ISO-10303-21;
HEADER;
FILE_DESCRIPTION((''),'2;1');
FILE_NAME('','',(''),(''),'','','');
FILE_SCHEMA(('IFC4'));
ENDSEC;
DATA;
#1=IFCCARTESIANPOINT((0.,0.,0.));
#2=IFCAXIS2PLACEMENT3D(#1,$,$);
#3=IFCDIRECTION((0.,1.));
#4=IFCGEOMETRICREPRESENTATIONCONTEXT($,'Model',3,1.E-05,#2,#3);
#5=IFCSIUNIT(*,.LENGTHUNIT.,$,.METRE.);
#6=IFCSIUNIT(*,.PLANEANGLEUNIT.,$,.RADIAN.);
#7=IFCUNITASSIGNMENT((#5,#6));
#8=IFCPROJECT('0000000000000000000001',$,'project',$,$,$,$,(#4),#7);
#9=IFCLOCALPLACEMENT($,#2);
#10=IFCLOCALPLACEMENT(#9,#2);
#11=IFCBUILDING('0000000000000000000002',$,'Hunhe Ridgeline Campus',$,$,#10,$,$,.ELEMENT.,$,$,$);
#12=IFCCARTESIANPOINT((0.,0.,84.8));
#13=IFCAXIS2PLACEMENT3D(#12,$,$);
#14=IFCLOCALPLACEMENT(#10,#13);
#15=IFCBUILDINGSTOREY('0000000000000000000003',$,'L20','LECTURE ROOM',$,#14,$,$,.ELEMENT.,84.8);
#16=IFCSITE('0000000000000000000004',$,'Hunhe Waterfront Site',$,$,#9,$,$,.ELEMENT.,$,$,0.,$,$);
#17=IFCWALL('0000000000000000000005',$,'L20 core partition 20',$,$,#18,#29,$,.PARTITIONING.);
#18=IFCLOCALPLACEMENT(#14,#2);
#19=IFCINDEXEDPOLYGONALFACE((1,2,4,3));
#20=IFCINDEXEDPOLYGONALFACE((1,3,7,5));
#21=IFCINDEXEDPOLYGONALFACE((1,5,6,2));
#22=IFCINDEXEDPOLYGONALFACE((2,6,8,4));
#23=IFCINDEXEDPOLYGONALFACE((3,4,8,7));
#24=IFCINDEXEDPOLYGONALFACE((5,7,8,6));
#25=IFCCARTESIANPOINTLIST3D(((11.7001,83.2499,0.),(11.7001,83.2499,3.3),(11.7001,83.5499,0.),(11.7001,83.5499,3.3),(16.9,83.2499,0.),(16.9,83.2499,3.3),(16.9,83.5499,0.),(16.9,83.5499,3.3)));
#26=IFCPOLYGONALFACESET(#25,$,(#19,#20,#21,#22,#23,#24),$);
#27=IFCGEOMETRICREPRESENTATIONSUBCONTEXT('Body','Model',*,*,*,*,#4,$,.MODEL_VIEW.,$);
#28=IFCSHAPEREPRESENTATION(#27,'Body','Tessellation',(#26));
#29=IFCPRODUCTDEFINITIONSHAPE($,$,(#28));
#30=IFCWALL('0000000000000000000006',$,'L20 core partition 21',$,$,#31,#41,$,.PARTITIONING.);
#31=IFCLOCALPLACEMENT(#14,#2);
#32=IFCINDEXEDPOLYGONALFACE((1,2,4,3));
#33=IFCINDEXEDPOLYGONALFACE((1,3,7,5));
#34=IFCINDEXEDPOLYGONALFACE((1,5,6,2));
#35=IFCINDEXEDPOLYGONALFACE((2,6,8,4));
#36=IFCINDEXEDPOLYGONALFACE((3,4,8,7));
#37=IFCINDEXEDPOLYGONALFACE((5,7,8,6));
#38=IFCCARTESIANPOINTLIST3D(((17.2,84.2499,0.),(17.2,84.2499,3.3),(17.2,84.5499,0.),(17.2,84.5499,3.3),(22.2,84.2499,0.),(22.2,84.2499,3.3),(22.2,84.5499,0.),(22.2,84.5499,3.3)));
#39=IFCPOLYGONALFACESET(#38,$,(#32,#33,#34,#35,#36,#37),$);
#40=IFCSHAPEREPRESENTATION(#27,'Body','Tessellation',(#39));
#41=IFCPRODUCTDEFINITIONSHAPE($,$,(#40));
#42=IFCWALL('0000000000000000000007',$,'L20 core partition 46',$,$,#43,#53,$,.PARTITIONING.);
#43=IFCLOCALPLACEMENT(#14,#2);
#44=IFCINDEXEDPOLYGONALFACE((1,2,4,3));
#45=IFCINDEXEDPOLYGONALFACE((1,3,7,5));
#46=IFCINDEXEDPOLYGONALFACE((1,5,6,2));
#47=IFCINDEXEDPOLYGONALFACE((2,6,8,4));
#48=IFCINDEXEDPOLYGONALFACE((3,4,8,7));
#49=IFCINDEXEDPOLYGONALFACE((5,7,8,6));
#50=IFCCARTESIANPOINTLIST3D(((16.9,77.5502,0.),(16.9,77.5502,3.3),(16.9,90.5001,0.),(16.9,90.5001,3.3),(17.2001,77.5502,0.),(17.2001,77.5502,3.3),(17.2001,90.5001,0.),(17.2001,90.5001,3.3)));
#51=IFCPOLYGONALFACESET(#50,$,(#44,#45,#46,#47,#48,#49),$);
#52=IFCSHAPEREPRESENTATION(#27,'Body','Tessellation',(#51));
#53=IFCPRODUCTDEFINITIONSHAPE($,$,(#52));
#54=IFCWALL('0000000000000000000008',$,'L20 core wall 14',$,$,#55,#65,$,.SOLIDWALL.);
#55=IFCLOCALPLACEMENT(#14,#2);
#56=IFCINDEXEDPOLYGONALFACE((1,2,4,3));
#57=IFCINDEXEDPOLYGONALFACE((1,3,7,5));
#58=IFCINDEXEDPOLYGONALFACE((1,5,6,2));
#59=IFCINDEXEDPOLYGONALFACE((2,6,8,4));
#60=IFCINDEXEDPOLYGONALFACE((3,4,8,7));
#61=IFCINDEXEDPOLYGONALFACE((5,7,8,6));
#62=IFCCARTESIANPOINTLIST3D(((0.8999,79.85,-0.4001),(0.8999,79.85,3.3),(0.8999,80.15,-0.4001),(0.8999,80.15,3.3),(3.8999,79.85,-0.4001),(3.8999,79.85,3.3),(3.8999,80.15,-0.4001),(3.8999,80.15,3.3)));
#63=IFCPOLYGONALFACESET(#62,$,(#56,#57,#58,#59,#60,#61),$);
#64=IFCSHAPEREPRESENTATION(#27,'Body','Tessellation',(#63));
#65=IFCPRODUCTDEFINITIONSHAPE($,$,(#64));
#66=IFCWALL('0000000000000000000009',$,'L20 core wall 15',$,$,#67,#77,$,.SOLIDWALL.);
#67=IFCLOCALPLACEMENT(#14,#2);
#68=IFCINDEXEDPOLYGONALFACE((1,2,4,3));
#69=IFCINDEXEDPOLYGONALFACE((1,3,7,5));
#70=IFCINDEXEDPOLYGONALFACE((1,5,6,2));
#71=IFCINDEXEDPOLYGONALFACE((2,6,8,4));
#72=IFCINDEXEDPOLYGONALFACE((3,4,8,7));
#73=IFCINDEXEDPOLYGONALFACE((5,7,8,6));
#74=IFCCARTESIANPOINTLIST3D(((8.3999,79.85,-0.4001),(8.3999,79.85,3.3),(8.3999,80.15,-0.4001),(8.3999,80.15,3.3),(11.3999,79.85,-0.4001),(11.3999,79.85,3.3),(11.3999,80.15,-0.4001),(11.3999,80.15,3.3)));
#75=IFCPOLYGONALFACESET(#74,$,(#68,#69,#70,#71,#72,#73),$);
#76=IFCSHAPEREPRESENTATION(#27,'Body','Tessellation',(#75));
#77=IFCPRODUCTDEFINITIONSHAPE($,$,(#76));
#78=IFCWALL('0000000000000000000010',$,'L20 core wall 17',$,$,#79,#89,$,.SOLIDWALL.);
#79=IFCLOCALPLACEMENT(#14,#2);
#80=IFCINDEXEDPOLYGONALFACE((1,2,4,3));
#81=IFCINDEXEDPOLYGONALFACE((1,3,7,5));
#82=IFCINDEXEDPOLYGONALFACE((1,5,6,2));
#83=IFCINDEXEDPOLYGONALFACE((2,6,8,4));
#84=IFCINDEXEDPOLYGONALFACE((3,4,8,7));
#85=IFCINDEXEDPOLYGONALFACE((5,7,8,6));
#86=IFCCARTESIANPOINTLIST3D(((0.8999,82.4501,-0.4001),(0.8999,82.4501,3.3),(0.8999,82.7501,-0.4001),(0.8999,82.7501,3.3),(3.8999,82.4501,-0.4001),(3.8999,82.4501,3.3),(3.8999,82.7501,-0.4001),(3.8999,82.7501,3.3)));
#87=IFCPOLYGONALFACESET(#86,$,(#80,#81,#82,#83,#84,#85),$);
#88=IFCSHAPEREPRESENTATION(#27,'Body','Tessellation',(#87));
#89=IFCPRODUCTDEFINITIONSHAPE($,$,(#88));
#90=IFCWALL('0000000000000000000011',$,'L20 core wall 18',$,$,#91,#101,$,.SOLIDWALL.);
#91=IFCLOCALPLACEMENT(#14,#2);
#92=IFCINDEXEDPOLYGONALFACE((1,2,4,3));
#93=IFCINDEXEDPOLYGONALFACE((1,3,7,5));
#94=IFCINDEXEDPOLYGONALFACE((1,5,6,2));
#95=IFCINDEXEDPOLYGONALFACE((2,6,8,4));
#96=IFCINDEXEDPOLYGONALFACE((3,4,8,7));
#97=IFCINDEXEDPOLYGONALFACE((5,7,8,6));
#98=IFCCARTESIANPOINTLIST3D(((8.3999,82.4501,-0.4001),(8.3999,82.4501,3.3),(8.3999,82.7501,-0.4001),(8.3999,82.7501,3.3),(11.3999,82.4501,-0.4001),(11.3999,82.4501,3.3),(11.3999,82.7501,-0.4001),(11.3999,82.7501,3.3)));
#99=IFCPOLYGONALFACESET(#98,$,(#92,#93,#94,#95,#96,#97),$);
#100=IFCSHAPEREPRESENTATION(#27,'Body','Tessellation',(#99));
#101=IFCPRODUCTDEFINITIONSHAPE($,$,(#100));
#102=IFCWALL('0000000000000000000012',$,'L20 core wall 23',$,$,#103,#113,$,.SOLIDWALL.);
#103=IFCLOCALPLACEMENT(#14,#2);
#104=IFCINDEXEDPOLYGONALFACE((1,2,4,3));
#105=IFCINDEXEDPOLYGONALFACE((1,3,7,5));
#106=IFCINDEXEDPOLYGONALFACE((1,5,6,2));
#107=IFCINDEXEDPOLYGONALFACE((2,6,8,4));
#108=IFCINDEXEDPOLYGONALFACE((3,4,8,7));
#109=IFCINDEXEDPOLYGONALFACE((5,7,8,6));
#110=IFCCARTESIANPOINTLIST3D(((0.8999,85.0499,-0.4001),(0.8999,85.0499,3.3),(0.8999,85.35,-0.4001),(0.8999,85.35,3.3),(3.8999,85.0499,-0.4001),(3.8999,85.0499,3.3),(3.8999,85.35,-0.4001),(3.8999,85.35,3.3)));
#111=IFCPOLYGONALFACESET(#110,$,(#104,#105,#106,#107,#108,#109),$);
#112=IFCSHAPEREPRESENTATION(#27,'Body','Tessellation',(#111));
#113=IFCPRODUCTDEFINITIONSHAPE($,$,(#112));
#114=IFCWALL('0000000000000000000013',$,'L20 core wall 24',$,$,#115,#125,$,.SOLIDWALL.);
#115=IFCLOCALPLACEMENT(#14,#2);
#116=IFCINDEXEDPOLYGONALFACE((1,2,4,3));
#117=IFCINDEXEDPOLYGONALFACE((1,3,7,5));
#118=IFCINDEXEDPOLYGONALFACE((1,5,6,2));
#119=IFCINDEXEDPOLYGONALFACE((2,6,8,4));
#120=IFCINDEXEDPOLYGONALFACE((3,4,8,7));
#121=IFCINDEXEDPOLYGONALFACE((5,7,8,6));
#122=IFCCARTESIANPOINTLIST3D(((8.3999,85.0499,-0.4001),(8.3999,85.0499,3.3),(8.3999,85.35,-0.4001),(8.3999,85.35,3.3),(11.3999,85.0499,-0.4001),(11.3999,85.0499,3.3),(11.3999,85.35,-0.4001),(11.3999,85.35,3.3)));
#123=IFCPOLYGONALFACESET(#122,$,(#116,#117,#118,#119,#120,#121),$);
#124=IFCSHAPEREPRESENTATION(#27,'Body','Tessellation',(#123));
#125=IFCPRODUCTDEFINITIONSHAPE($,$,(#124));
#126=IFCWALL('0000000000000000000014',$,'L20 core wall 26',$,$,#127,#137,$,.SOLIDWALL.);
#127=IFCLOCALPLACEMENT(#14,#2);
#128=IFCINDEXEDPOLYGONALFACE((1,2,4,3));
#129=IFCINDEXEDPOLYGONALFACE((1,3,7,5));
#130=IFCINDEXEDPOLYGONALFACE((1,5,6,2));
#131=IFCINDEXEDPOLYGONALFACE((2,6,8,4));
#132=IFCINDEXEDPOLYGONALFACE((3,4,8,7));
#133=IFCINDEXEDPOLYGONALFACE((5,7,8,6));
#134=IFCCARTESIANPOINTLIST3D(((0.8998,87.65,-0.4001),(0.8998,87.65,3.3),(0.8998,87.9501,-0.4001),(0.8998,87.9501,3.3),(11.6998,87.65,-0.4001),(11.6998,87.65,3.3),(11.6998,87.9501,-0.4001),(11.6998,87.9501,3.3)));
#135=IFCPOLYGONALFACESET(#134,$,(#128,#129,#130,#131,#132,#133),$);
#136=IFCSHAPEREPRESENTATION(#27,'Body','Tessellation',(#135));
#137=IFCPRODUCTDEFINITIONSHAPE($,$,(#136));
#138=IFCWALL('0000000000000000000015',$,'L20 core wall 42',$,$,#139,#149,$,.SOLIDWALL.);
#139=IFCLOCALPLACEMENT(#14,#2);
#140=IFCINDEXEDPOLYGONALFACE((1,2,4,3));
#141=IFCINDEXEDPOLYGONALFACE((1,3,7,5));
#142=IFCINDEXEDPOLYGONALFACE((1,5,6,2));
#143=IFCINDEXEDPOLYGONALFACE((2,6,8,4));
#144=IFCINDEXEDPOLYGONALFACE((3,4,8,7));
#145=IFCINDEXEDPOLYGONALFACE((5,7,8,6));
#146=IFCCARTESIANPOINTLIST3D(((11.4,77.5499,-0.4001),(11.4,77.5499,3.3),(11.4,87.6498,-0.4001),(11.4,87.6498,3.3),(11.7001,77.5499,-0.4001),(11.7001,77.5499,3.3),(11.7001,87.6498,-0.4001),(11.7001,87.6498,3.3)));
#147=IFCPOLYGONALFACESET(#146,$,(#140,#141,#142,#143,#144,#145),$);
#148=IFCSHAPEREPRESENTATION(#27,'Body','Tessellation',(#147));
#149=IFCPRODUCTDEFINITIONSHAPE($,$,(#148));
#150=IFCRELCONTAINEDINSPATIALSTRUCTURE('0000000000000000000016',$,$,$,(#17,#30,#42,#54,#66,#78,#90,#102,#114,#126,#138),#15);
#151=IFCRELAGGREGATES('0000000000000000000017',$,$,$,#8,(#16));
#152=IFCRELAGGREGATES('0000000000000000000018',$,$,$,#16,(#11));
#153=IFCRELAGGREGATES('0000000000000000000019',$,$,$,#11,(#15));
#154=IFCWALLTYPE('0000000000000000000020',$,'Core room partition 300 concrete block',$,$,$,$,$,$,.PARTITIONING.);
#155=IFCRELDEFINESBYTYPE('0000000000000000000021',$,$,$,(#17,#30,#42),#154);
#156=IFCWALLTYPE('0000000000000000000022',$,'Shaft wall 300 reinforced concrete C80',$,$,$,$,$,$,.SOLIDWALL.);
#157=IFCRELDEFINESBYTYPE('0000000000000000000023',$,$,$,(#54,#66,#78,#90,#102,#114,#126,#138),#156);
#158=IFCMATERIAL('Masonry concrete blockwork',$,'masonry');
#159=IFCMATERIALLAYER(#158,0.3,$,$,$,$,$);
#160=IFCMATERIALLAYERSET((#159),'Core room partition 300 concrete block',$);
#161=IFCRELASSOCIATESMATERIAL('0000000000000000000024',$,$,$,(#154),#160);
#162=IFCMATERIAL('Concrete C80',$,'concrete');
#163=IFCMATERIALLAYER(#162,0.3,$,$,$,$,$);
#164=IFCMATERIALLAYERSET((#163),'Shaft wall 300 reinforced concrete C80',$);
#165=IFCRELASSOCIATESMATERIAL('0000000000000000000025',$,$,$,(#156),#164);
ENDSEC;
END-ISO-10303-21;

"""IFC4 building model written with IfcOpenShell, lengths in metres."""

from ifc_helpers import new_model, si_unit, direction, frame, frame_2d, origin, place, context, subcontext, project, spatial, rectangle, extrude, material, layer, layer_set, type_object, element, save


model = new_model("IFC4")

# Units and contexts
model_context = context("Model", 3, precision=1e-05, world=origin(), true_north=direction((0.0, 1.0)))
body_context = subcontext(model_context, "Body", "Model", "MODEL_VIEW")
ifc_project = project(units=[si_unit("LENGTHUNIT", "METRE"), si_unit("PLANEANGLEUNIT", "RADIAN")], contexts=[model_context])

# Site, building, storey
site_placement = place(None, origin())
site = spatial("IfcSite", under=ifc_project, at=site_placement, Name="Hunhe Waterfront Site", CompositionType="ELEMENT", RefElevation=0.0)
building_placement = place(site_placement, origin())
building = spatial("IfcBuilding", under=site, at=building_placement, Name="Hunhe Ridgeline Campus", CompositionType="ELEMENT")
storey_placement = place(building_placement, frame((0.0, 0.0, 84.8)))
storey = spatial("IfcBuildingStorey", under=building, at=storey_placement, Name="L20", Description="LECTURE ROOM", CompositionType="ELEMENT", Elevation=84.8)

# Walls
ifc_material_1 = material(Name="Masonry concrete blockwork", Category="masonry")
ifc_layer_1 = layer(ifc_material_1, 0.3)
ifc_layer_set_1 = layer_set([ifc_layer_1], Name="Core room partition 300 concrete block")
wall_type_1 = type_object("IfcWallType", Name="Core room partition 300 concrete block", PredefinedType="PARTITIONING", material=ifc_layer_set_1)
wall_1_placement = place(storey_placement, frame((11.7, 83.3999, 0.0), z_axis=(0.0, 0.0, 1.0), x_axis=(1.0, 0.0, 0.0)))
element("IfcWall", 1, at=wall_1_placement, inside=storey, type_object=wall_type_1, Name="L20 core partition 20", PredefinedType="PARTITIONING", context=body_context, shape_type="SweptSolid", body=[
    extrude(rectangle(XDim=5.2, YDim=0.3, at=frame_2d((2.6001, 0.0))), origin(), (0.0, 0.0, 1.0), 3.3),
])
wall_2_placement = place(storey_placement, frame((17.2, 84.3999, 0.0), z_axis=(0.0, 0.0, 1.0), x_axis=(1.0, 0.0, 0.0)))
element("IfcWall", 2, at=wall_2_placement, inside=storey, type_object=wall_type_1, Name="L20 core partition 21", PredefinedType="PARTITIONING", context=body_context, shape_type="SweptSolid", body=[
    extrude(rectangle(XDim=5.0, YDim=0.3, at=frame_2d((2.5, 0.0))), origin(), (0.0, 0.0, 1.0), 3.3),
])
wall_3_placement = place(storey_placement, frame((17.05, 77.55, 0.0), z_axis=(0.0, 0.0, 1.0), x_axis=(0.0, 1.0, 0.0)))
element("IfcWall", 3, at=wall_3_placement, inside=storey, type_object=wall_type_1, Name="L20 core partition 46", PredefinedType="PARTITIONING", context=body_context, shape_type="SweptSolid", body=[
    extrude(rectangle(XDim=12.95, YDim=0.3, at=frame_2d((6.4751, 0.0))), origin(), (0.0, 0.0, 1.0), 3.3),
])
ifc_material_2 = material(Name="Concrete C80", Category="concrete")
ifc_layer_2 = layer(ifc_material_2, 0.3)
ifc_layer_set_2 = layer_set([ifc_layer_2], Name="Shaft wall 300 reinforced concrete C80")
wall_type_2 = type_object("IfcWallType", Name="Shaft wall 300 reinforced concrete C80", PredefinedType="SOLIDWALL", material=ifc_layer_set_2)
for number, where, z_axis, x_axis, name in (
    (4, (0.8999, 80.0, -0.4001), (0.0, 0.0, 1.0), (1.0, 0.0, 0.0), "L20 core wall 14"),
    (5, (8.3999, 80.0, -0.4001), (0.0, 0.0, 1.0), (1.0, 0.0, 0.0), "L20 core wall 15"),
    (6, (0.8999, 82.6001, -0.4001), (0.0, 0.0, 1.0), (1.0, 0.0, 0.0), "L20 core wall 17"),
    (7, (8.3999, 82.6001, -0.4001), (0.0, 0.0, 1.0), (1.0, 0.0, 0.0), "L20 core wall 18"),
    (8, (0.8999, 85.2, -0.4001), (0.0, 0.0, 1.0), (1.0, 0.0, 0.0), "L20 core wall 23"),
    (9, (8.3999, 85.2, -0.4001), (0.0, 0.0, 1.0), (1.0, 0.0, 0.0), "L20 core wall 24"),
):
    element("IfcWall", number, at=place(storey_placement, frame(where, z_axis=z_axis, x_axis=x_axis)), inside=storey, type_object=wall_type_2, Name=name, PredefinedType="SOLIDWALL", context=body_context, shape_type="SweptSolid", body=[
        extrude(rectangle(XDim=3.0, YDim=0.3, at=frame_2d((1.5, 0.0))), origin(), (0.0, 0.0, 1.0), 3.7002),
    ])
wall_4_placement = place(storey_placement, frame((0.8999, 87.8, -0.4001), z_axis=(0.0, 0.0, 1.0), x_axis=(1.0, 0.0, 0.0)))
element("IfcWall", 10, at=wall_4_placement, inside=storey, type_object=wall_type_2, Name="L20 core wall 26", PredefinedType="SOLIDWALL", context=body_context, shape_type="SweptSolid", body=[
    extrude(rectangle(XDim=10.8, YDim=0.3, at=frame_2d((5.3999, 0.0))), origin(), (0.0, 0.0, 1.0), 3.7002),
])

# Wall
wall_5_placement = place(storey_placement, frame((11.55, 77.55, -0.4001), z_axis=(0.0, 0.0, 1.0), x_axis=(0.0, 1.0, 0.0)))
element("IfcWall", 11, at=wall_5_placement, inside=storey, type_object=wall_type_2, Name="L20 core wall 42", PredefinedType="SOLIDWALL", context=body_context, shape_type="SweptSolid", body=[
    extrude(rectangle(XDim=10.0999, YDim=0.3, at=frame_2d((5.0498, 0.0))), origin(), (0.0, 0.0, 1.0), 3.7002),
])

save(model, "model.ifc")
